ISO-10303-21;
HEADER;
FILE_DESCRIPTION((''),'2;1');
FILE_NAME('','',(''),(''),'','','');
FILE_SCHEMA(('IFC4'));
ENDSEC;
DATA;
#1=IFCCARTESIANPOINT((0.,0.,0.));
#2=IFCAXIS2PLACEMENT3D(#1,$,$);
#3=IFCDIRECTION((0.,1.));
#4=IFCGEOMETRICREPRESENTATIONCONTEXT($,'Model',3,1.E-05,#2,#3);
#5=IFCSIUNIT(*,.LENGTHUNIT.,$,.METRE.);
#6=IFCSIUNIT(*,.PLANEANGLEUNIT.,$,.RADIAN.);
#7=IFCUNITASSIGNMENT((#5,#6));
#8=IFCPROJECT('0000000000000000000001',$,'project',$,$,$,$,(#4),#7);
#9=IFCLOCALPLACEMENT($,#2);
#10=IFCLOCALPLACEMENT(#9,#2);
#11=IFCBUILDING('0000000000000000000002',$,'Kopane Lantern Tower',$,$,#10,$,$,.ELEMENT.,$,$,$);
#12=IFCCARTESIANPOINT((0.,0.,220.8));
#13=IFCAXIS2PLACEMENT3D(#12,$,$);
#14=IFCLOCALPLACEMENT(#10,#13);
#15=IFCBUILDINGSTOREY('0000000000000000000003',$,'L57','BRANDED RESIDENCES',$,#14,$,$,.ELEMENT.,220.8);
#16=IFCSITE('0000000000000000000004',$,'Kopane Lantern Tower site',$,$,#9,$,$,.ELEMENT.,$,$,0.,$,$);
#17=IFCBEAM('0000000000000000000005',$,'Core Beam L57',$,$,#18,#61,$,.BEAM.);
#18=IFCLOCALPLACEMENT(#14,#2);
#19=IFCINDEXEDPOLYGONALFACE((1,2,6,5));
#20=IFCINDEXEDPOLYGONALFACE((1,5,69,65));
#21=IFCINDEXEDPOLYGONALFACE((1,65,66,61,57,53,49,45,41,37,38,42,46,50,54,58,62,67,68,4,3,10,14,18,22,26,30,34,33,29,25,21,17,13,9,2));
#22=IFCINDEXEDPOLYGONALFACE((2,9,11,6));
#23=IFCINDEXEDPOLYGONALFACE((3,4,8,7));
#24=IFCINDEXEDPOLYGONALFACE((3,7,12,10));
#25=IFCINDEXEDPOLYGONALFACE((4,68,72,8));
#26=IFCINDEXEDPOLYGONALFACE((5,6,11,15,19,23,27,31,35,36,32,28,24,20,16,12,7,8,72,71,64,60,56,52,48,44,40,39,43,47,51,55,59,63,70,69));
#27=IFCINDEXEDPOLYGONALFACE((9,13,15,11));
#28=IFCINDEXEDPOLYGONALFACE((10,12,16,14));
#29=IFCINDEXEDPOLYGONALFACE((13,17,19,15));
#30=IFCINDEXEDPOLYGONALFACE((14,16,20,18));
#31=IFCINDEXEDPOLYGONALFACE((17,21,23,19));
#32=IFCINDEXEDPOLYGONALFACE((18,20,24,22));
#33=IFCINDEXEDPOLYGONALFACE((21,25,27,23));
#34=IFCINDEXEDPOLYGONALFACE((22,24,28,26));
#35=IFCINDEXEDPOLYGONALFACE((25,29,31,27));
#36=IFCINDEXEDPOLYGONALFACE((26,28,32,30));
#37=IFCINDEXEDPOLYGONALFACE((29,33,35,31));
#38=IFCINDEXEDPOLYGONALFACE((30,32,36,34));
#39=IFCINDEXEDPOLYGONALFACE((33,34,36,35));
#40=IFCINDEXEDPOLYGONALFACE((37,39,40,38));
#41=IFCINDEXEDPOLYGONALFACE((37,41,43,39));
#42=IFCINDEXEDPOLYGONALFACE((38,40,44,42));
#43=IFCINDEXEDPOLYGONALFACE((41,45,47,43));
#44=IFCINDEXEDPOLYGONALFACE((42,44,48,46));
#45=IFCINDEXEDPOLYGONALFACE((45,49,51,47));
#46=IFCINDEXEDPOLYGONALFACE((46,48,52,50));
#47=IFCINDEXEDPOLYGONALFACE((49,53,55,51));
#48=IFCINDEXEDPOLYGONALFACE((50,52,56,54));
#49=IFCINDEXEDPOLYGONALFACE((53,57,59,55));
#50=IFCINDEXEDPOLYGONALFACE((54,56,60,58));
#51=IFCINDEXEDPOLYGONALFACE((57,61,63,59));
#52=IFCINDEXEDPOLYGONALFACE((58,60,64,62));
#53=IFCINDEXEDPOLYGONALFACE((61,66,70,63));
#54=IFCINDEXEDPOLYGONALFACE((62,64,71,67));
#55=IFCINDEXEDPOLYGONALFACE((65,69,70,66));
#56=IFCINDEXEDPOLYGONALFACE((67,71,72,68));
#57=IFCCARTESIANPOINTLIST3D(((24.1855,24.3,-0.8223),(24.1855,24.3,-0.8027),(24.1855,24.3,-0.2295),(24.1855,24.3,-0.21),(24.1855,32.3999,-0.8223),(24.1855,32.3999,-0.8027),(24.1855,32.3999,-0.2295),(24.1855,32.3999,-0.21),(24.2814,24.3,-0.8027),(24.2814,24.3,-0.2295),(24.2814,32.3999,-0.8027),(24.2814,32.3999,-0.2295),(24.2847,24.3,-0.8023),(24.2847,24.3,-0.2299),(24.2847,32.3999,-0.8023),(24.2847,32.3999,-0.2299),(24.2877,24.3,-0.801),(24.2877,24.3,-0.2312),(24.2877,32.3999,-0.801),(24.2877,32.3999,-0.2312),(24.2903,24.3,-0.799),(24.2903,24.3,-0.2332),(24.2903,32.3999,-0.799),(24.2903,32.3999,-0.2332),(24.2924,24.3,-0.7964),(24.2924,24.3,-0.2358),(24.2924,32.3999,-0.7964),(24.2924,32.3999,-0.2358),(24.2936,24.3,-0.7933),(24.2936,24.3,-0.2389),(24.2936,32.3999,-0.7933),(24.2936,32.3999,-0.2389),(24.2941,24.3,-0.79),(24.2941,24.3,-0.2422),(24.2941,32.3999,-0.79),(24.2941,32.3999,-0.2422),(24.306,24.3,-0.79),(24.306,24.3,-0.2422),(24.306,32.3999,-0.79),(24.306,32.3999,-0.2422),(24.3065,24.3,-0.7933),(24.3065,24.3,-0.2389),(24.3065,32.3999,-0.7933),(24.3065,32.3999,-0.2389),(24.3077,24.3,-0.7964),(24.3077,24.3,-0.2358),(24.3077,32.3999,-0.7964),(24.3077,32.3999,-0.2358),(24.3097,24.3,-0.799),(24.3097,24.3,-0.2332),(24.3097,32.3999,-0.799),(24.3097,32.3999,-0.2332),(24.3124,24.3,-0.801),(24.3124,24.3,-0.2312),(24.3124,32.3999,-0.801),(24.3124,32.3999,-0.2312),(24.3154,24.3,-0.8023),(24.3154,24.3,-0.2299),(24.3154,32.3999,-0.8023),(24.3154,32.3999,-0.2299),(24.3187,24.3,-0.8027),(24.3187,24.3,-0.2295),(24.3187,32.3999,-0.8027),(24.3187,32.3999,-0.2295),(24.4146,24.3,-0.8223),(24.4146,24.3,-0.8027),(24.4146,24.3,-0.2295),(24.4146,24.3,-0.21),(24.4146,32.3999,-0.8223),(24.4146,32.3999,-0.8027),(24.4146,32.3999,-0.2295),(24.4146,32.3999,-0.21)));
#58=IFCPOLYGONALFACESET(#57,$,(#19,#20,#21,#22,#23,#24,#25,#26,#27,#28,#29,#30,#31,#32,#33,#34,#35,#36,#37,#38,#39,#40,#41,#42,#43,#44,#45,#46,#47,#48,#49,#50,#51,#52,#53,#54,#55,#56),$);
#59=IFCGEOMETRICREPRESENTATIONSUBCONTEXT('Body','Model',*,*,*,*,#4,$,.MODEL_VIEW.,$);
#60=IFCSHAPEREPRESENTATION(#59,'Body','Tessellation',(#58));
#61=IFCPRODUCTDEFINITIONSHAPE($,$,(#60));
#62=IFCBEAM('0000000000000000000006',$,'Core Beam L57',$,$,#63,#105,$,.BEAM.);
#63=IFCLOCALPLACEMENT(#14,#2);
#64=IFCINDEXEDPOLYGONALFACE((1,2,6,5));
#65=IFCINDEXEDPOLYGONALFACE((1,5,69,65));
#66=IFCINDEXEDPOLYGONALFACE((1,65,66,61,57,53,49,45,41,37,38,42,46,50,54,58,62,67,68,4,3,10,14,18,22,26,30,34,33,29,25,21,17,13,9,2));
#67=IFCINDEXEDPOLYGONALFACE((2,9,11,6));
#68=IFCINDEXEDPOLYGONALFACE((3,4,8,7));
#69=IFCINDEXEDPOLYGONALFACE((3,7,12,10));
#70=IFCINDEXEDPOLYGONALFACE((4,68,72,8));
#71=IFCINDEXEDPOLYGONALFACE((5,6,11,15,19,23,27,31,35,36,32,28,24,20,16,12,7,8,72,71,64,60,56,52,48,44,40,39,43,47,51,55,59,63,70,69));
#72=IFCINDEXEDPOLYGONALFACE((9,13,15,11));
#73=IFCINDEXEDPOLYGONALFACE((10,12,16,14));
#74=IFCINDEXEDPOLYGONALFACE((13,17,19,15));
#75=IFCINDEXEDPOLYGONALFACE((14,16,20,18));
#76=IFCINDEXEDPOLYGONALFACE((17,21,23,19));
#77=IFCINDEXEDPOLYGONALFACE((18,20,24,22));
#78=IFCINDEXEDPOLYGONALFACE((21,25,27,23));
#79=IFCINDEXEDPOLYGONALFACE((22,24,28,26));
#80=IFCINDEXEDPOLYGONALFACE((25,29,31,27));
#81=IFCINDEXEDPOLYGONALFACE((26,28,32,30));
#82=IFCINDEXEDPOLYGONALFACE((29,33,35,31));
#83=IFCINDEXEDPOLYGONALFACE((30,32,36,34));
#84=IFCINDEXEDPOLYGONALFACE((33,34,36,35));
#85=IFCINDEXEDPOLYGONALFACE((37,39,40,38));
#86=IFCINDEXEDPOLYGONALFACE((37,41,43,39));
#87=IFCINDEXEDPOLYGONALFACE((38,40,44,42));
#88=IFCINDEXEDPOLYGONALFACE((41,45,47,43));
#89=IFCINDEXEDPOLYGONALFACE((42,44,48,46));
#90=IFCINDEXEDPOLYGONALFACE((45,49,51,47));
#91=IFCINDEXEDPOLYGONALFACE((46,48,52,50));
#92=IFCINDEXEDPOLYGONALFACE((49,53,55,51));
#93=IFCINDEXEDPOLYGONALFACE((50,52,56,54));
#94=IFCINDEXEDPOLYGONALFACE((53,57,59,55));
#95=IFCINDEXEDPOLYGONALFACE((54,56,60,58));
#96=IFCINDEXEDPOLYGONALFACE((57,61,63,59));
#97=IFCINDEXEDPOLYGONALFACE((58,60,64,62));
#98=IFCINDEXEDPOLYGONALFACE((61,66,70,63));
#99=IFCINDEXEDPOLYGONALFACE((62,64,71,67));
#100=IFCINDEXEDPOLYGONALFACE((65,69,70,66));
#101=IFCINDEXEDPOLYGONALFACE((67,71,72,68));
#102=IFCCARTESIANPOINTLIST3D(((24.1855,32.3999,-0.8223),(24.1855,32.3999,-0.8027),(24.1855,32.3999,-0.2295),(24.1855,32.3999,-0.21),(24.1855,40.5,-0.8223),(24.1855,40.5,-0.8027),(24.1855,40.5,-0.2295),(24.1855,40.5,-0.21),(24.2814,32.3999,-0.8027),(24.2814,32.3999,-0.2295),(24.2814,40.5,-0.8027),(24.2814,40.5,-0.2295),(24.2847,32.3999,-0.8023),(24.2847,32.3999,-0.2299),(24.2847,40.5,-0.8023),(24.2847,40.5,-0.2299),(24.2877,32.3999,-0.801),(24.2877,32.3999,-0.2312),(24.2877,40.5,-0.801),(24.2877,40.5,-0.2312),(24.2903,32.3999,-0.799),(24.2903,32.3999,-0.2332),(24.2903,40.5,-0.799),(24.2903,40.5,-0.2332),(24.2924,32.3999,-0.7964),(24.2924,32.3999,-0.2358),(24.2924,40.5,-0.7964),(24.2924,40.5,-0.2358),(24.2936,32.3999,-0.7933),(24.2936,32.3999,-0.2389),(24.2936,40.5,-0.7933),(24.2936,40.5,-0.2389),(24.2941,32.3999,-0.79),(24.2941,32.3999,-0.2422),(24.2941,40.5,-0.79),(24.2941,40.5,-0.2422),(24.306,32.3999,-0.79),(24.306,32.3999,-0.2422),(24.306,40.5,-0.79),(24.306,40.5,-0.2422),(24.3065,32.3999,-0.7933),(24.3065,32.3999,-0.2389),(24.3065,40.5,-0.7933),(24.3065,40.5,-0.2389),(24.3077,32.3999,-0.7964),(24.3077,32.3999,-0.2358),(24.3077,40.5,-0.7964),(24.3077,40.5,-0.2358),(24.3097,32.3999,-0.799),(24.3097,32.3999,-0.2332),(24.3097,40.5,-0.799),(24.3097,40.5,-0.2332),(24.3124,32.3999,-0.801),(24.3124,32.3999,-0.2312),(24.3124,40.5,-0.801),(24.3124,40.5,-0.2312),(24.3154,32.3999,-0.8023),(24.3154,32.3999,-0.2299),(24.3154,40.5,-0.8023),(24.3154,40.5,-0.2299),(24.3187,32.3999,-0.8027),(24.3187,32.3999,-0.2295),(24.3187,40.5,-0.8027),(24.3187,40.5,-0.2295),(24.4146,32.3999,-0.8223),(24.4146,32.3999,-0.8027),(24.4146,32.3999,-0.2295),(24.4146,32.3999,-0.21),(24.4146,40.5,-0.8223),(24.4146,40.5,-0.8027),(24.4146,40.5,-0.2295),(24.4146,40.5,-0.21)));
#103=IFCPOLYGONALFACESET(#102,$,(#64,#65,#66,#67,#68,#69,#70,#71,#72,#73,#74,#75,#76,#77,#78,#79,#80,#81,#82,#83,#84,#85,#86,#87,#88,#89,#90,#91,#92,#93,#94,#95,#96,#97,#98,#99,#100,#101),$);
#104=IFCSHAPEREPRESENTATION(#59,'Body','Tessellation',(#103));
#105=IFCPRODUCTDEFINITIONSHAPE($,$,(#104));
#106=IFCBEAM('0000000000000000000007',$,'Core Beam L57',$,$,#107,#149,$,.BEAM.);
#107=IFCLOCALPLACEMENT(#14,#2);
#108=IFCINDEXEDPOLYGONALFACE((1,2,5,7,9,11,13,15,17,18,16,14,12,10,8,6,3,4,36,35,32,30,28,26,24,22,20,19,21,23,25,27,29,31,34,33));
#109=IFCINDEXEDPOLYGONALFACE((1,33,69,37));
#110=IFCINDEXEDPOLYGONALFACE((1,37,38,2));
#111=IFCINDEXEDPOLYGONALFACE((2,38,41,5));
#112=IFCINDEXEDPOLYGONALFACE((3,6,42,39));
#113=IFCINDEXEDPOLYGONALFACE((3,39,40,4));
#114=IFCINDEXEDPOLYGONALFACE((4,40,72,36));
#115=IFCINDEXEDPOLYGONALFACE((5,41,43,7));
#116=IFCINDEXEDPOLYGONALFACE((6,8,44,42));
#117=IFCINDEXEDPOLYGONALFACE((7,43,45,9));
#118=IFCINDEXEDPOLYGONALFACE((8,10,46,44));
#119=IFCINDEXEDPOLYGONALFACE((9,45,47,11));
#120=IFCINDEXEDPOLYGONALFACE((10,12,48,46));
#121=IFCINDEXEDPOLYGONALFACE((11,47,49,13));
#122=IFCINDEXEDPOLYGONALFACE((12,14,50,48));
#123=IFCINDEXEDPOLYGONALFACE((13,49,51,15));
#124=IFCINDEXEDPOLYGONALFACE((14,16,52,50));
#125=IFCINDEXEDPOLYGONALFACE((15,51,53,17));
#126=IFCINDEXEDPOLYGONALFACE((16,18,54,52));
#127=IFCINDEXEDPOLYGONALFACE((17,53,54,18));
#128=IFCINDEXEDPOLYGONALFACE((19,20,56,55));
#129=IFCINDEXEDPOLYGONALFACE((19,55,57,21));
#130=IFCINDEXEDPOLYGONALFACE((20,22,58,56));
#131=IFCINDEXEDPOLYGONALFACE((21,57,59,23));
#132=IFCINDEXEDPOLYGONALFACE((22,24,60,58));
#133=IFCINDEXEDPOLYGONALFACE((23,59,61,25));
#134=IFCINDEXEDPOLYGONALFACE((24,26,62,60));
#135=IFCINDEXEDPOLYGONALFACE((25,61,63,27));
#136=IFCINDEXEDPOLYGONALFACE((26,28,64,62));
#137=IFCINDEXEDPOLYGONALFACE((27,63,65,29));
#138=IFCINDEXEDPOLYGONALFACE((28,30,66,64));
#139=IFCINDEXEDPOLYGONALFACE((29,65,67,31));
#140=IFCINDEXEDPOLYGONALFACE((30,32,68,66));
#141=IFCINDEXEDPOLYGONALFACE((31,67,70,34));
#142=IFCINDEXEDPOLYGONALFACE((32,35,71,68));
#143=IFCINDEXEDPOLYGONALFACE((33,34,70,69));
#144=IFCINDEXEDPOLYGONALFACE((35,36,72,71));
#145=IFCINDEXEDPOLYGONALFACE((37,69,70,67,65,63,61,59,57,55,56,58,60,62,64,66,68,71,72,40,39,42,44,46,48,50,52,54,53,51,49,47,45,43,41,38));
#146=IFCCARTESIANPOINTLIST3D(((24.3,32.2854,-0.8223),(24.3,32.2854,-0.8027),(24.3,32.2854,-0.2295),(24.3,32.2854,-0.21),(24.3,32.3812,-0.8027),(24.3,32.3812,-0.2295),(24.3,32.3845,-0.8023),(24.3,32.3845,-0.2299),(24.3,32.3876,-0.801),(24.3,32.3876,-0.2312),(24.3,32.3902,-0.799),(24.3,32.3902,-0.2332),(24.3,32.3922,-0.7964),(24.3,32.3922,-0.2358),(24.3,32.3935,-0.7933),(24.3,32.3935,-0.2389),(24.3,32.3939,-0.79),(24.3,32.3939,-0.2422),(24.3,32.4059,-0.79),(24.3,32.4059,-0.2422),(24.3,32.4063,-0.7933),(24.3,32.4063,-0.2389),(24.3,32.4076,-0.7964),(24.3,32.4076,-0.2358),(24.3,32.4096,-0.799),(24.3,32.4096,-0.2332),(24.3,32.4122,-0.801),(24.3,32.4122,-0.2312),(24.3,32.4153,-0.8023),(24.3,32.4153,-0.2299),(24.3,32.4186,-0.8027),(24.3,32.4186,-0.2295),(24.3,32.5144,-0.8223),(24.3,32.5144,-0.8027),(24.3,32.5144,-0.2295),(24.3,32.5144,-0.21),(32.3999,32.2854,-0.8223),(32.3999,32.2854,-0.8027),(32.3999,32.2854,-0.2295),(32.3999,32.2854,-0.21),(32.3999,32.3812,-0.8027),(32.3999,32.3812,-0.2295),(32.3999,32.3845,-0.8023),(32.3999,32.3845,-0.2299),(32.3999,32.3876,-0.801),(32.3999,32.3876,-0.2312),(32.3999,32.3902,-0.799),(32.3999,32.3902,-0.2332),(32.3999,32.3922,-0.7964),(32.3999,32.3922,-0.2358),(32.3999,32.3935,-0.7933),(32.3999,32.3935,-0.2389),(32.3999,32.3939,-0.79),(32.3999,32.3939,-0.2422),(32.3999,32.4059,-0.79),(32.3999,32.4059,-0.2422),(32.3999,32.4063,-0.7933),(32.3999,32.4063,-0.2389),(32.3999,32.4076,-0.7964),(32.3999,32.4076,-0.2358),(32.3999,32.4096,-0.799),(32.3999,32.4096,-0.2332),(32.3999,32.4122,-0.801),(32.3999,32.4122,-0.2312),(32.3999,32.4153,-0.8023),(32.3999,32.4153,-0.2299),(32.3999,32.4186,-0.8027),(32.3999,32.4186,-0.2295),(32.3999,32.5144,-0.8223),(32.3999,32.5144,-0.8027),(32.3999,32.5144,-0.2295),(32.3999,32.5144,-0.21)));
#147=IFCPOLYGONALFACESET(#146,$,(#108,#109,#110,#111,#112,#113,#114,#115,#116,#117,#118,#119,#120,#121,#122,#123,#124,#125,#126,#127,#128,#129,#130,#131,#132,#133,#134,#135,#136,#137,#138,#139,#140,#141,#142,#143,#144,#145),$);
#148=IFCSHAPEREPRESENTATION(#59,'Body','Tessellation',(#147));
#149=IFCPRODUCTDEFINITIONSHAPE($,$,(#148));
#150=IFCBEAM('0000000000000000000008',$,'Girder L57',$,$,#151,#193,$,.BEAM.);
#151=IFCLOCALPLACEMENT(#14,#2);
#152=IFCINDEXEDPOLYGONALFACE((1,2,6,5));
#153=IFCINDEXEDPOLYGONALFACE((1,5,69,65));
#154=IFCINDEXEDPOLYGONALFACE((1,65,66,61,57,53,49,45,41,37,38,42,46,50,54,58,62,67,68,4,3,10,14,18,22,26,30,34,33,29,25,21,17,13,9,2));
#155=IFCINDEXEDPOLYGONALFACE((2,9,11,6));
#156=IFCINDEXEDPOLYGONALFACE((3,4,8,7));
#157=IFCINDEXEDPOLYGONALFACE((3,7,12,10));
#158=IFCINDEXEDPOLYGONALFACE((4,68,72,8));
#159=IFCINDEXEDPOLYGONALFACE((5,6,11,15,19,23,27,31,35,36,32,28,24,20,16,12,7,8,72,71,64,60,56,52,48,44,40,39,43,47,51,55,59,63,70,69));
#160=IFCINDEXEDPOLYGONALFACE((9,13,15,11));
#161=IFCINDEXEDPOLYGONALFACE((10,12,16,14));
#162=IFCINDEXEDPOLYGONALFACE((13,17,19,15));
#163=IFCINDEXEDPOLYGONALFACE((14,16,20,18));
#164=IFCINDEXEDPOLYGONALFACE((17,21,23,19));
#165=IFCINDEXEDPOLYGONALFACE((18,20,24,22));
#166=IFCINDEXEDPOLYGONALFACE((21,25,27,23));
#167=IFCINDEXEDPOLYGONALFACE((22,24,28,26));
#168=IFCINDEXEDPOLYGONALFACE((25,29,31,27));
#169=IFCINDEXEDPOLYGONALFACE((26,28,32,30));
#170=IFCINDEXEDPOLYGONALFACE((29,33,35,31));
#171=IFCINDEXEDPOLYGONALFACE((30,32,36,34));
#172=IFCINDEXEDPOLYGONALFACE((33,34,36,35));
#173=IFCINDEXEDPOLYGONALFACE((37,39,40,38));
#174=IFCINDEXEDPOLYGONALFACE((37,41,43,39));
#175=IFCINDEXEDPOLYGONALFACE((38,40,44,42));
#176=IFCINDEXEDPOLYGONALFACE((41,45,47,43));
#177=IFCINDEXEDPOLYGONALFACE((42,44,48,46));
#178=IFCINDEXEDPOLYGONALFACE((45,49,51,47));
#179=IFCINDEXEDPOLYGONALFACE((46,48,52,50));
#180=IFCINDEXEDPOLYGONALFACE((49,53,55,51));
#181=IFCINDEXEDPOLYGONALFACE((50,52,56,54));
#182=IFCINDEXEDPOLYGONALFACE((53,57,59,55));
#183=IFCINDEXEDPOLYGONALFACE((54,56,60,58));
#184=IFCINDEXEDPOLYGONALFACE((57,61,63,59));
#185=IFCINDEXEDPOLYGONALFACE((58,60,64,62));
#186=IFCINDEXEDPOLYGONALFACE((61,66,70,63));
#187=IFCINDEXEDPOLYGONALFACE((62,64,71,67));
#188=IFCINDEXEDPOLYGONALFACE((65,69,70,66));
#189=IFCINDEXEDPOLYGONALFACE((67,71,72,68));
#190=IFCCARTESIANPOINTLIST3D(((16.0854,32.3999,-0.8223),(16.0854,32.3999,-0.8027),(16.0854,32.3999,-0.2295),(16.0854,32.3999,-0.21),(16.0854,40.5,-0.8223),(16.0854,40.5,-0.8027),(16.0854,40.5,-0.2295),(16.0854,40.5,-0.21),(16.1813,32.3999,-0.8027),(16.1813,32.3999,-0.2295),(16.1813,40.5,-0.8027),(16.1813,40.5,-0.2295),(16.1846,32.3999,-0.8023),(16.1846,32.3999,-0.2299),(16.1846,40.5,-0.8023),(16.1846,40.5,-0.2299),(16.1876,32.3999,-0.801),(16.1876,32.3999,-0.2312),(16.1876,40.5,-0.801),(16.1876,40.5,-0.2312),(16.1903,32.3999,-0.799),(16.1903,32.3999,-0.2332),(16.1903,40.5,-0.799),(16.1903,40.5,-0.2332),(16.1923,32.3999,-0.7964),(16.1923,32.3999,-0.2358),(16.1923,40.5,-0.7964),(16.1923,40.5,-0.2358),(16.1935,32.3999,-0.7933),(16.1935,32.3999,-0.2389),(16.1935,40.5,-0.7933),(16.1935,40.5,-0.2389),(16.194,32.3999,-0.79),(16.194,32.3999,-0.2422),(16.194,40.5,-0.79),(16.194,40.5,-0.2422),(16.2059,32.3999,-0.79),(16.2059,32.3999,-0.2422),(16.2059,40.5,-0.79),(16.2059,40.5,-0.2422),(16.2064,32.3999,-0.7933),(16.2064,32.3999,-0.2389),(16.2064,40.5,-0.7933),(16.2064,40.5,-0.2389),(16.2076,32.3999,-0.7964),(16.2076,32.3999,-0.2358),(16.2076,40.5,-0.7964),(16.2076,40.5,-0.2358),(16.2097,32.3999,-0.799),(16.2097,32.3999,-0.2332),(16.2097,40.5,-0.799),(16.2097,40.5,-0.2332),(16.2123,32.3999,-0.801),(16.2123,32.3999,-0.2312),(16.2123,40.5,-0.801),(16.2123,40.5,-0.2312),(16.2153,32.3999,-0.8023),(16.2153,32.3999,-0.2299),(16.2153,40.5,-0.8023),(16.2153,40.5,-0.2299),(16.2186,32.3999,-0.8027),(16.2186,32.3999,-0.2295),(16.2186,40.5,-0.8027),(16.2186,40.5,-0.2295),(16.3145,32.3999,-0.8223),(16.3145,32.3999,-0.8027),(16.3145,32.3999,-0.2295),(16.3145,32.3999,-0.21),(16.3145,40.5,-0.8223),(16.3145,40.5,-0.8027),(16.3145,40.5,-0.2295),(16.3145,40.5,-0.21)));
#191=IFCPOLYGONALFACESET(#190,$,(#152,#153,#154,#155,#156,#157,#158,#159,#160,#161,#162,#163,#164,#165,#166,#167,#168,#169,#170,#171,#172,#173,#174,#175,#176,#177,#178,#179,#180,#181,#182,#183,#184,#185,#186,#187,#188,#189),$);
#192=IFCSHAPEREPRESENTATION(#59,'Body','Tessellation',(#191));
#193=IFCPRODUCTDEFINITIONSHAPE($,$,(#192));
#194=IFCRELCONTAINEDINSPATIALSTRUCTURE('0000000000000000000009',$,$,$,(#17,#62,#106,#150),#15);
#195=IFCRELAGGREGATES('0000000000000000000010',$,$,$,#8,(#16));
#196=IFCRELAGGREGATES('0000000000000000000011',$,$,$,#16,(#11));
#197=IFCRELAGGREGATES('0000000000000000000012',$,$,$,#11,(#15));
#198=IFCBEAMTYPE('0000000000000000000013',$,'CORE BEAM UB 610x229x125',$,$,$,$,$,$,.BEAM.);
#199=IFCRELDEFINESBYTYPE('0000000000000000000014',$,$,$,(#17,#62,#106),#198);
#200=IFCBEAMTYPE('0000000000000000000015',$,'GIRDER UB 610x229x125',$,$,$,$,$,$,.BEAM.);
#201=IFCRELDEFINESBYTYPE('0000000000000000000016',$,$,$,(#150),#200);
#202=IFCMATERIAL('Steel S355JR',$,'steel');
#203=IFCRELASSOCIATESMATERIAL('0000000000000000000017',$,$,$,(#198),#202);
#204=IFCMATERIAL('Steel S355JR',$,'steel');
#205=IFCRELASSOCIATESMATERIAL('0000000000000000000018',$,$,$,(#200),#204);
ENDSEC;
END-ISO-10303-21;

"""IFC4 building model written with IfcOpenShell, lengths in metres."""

from ifc_helpers import new_model, si_unit, direction, frame, origin, origin_2d, place, context, subcontext, project, spatial, i_section, extrude, material, material_profile, profile_set, type_object, element, save


model = new_model("IFC4")

# Units and contexts
model_context = context("Model", 3, precision=1e-05, world=origin(), true_north=direction((0.0, 1.0)))
body_context = subcontext(model_context, "Body", "Model", "MODEL_VIEW")
ifc_project = project(units=[si_unit("LENGTHUNIT", "METRE"), si_unit("PLANEANGLEUNIT", "RADIAN")], contexts=[model_context])

# Site, building, storey
site_placement = place(None, origin())
site = spatial("IfcSite", under=ifc_project, at=site_placement, Name="Kopane Lantern Tower site", CompositionType="ELEMENT", RefElevation=0.0)
building_placement = place(site_placement, origin())
building = spatial("IfcBuilding", under=site, at=building_placement, Name="Kopane Lantern Tower", CompositionType="ELEMENT")
storey_placement = place(building_placement, frame((0.0, 0.0, 220.8)))
storey = spatial("IfcBuildingStorey", under=building, at=storey_placement, Name="L57", Description="BRANDED RESIDENCES", CompositionType="ELEMENT", Elevation=220.8)

# Beams
ifc_material_1 = material(Name="Steel S355JR", Category="steel")
ifc_material_profile_1 = material_profile(ifc_material_1, i_section(OverallWidth=0.229, OverallDepth=0.6123, WebThickness=0.012, FlangeThickness=0.0195, FilletRadius=0.0127, at=origin_2d()), Name="UB 610x229x125")
ifc_profile_set_1 = profile_set([ifc_material_profile_1], Name="Steel S355JR")
beam_type_1 = type_object("IfcBeamType", Name="CORE BEAM UB 610x229x125", PredefinedType="BEAM", material=ifc_profile_set_1)
beam_1_placement = place(storey_placement, frame((24.3, 24.3, -0.5161), z_axis=(0.0, 1.0, 0.0), x_axis=(-1.0, 0.0, 0.0)))
element("IfcBeam", 1, at=beam_1_placement, inside=storey, type_object=beam_type_1, Name="Core Beam L57", PredefinedType="BEAM", context=body_context, shape_type="SweptSolid", body=[
    extrude(i_section(OverallWidth=0.229, OverallDepth=0.6123, WebThickness=0.012, FlangeThickness=0.0195, FilletRadius=0.0127, at=origin_2d()), origin(), (0.0, 0.0, 1.0), 8.0999),
])
beam_2_placement = place(storey_placement, frame((24.3, 32.3999, -0.5161), z_axis=(0.0, 1.0, 0.0), x_axis=(-1.0, 0.0, 0.0)))
element("IfcBeam", 2, at=beam_2_placement, inside=storey, type_object=beam_type_1, Name="Core Beam L57", PredefinedType="BEAM", context=body_context, shape_type="SweptSolid", body=[
    extrude(i_section(OverallWidth=0.229, OverallDepth=0.6123, WebThickness=0.012, FlangeThickness=0.0195, FilletRadius=0.0127, at=origin_2d()), origin(), (0.0, 0.0, 1.0), 8.1001),
])
beam_3_placement = place(storey_placement, frame((24.3, 32.3999, -0.5161), z_axis=(1.0, 0.0, 0.0), x_axis=(0.0, 1.0, 0.0)))
element("IfcBeam", 3, at=beam_3_placement, inside=storey, type_object=beam_type_1, Name="Core Beam L57", PredefinedType="BEAM", context=body_context, shape_type="SweptSolid", body=[
    extrude(i_section(OverallWidth=0.229, OverallDepth=0.6123, WebThickness=0.012, FlangeThickness=0.0195, FilletRadius=0.0127, at=origin_2d()), origin(), (0.0, 0.0, 1.0), 8.0999),
])
ifc_material_2 = material(Name="Steel S355JR", Category="steel")
ifc_material_profile_2 = material_profile(ifc_material_2, i_section(OverallWidth=0.229, OverallDepth=0.6123, WebThickness=0.012, FlangeThickness=0.0195, FilletRadius=0.0127, at=origin_2d()), Name="UB 610x229x125")
ifc_profile_set_2 = profile_set([ifc_material_profile_2], Name="Steel S355JR")
beam_type_2 = type_object("IfcBeamType", Name="GIRDER UB 610x229x125", PredefinedType="BEAM", material=ifc_profile_set_2)
beam_4_placement = place(storey_placement, frame((16.2, 32.3999, -0.5161), z_axis=(0.0, 1.0, 0.0), x_axis=(-1.0, 0.0, 0.0)))
element("IfcBeam", 4, at=beam_4_placement, inside=storey, type_object=beam_type_2, Name="Girder L57", PredefinedType="BEAM", context=body_context, shape_type="SweptSolid", body=[
    extrude(i_section(OverallWidth=0.229, OverallDepth=0.6123, WebThickness=0.012, FlangeThickness=0.0195, FilletRadius=0.0127, at=origin_2d()), origin(), (0.0, 0.0, 1.0), 8.1001),
])

save(model, "model.ifc")
